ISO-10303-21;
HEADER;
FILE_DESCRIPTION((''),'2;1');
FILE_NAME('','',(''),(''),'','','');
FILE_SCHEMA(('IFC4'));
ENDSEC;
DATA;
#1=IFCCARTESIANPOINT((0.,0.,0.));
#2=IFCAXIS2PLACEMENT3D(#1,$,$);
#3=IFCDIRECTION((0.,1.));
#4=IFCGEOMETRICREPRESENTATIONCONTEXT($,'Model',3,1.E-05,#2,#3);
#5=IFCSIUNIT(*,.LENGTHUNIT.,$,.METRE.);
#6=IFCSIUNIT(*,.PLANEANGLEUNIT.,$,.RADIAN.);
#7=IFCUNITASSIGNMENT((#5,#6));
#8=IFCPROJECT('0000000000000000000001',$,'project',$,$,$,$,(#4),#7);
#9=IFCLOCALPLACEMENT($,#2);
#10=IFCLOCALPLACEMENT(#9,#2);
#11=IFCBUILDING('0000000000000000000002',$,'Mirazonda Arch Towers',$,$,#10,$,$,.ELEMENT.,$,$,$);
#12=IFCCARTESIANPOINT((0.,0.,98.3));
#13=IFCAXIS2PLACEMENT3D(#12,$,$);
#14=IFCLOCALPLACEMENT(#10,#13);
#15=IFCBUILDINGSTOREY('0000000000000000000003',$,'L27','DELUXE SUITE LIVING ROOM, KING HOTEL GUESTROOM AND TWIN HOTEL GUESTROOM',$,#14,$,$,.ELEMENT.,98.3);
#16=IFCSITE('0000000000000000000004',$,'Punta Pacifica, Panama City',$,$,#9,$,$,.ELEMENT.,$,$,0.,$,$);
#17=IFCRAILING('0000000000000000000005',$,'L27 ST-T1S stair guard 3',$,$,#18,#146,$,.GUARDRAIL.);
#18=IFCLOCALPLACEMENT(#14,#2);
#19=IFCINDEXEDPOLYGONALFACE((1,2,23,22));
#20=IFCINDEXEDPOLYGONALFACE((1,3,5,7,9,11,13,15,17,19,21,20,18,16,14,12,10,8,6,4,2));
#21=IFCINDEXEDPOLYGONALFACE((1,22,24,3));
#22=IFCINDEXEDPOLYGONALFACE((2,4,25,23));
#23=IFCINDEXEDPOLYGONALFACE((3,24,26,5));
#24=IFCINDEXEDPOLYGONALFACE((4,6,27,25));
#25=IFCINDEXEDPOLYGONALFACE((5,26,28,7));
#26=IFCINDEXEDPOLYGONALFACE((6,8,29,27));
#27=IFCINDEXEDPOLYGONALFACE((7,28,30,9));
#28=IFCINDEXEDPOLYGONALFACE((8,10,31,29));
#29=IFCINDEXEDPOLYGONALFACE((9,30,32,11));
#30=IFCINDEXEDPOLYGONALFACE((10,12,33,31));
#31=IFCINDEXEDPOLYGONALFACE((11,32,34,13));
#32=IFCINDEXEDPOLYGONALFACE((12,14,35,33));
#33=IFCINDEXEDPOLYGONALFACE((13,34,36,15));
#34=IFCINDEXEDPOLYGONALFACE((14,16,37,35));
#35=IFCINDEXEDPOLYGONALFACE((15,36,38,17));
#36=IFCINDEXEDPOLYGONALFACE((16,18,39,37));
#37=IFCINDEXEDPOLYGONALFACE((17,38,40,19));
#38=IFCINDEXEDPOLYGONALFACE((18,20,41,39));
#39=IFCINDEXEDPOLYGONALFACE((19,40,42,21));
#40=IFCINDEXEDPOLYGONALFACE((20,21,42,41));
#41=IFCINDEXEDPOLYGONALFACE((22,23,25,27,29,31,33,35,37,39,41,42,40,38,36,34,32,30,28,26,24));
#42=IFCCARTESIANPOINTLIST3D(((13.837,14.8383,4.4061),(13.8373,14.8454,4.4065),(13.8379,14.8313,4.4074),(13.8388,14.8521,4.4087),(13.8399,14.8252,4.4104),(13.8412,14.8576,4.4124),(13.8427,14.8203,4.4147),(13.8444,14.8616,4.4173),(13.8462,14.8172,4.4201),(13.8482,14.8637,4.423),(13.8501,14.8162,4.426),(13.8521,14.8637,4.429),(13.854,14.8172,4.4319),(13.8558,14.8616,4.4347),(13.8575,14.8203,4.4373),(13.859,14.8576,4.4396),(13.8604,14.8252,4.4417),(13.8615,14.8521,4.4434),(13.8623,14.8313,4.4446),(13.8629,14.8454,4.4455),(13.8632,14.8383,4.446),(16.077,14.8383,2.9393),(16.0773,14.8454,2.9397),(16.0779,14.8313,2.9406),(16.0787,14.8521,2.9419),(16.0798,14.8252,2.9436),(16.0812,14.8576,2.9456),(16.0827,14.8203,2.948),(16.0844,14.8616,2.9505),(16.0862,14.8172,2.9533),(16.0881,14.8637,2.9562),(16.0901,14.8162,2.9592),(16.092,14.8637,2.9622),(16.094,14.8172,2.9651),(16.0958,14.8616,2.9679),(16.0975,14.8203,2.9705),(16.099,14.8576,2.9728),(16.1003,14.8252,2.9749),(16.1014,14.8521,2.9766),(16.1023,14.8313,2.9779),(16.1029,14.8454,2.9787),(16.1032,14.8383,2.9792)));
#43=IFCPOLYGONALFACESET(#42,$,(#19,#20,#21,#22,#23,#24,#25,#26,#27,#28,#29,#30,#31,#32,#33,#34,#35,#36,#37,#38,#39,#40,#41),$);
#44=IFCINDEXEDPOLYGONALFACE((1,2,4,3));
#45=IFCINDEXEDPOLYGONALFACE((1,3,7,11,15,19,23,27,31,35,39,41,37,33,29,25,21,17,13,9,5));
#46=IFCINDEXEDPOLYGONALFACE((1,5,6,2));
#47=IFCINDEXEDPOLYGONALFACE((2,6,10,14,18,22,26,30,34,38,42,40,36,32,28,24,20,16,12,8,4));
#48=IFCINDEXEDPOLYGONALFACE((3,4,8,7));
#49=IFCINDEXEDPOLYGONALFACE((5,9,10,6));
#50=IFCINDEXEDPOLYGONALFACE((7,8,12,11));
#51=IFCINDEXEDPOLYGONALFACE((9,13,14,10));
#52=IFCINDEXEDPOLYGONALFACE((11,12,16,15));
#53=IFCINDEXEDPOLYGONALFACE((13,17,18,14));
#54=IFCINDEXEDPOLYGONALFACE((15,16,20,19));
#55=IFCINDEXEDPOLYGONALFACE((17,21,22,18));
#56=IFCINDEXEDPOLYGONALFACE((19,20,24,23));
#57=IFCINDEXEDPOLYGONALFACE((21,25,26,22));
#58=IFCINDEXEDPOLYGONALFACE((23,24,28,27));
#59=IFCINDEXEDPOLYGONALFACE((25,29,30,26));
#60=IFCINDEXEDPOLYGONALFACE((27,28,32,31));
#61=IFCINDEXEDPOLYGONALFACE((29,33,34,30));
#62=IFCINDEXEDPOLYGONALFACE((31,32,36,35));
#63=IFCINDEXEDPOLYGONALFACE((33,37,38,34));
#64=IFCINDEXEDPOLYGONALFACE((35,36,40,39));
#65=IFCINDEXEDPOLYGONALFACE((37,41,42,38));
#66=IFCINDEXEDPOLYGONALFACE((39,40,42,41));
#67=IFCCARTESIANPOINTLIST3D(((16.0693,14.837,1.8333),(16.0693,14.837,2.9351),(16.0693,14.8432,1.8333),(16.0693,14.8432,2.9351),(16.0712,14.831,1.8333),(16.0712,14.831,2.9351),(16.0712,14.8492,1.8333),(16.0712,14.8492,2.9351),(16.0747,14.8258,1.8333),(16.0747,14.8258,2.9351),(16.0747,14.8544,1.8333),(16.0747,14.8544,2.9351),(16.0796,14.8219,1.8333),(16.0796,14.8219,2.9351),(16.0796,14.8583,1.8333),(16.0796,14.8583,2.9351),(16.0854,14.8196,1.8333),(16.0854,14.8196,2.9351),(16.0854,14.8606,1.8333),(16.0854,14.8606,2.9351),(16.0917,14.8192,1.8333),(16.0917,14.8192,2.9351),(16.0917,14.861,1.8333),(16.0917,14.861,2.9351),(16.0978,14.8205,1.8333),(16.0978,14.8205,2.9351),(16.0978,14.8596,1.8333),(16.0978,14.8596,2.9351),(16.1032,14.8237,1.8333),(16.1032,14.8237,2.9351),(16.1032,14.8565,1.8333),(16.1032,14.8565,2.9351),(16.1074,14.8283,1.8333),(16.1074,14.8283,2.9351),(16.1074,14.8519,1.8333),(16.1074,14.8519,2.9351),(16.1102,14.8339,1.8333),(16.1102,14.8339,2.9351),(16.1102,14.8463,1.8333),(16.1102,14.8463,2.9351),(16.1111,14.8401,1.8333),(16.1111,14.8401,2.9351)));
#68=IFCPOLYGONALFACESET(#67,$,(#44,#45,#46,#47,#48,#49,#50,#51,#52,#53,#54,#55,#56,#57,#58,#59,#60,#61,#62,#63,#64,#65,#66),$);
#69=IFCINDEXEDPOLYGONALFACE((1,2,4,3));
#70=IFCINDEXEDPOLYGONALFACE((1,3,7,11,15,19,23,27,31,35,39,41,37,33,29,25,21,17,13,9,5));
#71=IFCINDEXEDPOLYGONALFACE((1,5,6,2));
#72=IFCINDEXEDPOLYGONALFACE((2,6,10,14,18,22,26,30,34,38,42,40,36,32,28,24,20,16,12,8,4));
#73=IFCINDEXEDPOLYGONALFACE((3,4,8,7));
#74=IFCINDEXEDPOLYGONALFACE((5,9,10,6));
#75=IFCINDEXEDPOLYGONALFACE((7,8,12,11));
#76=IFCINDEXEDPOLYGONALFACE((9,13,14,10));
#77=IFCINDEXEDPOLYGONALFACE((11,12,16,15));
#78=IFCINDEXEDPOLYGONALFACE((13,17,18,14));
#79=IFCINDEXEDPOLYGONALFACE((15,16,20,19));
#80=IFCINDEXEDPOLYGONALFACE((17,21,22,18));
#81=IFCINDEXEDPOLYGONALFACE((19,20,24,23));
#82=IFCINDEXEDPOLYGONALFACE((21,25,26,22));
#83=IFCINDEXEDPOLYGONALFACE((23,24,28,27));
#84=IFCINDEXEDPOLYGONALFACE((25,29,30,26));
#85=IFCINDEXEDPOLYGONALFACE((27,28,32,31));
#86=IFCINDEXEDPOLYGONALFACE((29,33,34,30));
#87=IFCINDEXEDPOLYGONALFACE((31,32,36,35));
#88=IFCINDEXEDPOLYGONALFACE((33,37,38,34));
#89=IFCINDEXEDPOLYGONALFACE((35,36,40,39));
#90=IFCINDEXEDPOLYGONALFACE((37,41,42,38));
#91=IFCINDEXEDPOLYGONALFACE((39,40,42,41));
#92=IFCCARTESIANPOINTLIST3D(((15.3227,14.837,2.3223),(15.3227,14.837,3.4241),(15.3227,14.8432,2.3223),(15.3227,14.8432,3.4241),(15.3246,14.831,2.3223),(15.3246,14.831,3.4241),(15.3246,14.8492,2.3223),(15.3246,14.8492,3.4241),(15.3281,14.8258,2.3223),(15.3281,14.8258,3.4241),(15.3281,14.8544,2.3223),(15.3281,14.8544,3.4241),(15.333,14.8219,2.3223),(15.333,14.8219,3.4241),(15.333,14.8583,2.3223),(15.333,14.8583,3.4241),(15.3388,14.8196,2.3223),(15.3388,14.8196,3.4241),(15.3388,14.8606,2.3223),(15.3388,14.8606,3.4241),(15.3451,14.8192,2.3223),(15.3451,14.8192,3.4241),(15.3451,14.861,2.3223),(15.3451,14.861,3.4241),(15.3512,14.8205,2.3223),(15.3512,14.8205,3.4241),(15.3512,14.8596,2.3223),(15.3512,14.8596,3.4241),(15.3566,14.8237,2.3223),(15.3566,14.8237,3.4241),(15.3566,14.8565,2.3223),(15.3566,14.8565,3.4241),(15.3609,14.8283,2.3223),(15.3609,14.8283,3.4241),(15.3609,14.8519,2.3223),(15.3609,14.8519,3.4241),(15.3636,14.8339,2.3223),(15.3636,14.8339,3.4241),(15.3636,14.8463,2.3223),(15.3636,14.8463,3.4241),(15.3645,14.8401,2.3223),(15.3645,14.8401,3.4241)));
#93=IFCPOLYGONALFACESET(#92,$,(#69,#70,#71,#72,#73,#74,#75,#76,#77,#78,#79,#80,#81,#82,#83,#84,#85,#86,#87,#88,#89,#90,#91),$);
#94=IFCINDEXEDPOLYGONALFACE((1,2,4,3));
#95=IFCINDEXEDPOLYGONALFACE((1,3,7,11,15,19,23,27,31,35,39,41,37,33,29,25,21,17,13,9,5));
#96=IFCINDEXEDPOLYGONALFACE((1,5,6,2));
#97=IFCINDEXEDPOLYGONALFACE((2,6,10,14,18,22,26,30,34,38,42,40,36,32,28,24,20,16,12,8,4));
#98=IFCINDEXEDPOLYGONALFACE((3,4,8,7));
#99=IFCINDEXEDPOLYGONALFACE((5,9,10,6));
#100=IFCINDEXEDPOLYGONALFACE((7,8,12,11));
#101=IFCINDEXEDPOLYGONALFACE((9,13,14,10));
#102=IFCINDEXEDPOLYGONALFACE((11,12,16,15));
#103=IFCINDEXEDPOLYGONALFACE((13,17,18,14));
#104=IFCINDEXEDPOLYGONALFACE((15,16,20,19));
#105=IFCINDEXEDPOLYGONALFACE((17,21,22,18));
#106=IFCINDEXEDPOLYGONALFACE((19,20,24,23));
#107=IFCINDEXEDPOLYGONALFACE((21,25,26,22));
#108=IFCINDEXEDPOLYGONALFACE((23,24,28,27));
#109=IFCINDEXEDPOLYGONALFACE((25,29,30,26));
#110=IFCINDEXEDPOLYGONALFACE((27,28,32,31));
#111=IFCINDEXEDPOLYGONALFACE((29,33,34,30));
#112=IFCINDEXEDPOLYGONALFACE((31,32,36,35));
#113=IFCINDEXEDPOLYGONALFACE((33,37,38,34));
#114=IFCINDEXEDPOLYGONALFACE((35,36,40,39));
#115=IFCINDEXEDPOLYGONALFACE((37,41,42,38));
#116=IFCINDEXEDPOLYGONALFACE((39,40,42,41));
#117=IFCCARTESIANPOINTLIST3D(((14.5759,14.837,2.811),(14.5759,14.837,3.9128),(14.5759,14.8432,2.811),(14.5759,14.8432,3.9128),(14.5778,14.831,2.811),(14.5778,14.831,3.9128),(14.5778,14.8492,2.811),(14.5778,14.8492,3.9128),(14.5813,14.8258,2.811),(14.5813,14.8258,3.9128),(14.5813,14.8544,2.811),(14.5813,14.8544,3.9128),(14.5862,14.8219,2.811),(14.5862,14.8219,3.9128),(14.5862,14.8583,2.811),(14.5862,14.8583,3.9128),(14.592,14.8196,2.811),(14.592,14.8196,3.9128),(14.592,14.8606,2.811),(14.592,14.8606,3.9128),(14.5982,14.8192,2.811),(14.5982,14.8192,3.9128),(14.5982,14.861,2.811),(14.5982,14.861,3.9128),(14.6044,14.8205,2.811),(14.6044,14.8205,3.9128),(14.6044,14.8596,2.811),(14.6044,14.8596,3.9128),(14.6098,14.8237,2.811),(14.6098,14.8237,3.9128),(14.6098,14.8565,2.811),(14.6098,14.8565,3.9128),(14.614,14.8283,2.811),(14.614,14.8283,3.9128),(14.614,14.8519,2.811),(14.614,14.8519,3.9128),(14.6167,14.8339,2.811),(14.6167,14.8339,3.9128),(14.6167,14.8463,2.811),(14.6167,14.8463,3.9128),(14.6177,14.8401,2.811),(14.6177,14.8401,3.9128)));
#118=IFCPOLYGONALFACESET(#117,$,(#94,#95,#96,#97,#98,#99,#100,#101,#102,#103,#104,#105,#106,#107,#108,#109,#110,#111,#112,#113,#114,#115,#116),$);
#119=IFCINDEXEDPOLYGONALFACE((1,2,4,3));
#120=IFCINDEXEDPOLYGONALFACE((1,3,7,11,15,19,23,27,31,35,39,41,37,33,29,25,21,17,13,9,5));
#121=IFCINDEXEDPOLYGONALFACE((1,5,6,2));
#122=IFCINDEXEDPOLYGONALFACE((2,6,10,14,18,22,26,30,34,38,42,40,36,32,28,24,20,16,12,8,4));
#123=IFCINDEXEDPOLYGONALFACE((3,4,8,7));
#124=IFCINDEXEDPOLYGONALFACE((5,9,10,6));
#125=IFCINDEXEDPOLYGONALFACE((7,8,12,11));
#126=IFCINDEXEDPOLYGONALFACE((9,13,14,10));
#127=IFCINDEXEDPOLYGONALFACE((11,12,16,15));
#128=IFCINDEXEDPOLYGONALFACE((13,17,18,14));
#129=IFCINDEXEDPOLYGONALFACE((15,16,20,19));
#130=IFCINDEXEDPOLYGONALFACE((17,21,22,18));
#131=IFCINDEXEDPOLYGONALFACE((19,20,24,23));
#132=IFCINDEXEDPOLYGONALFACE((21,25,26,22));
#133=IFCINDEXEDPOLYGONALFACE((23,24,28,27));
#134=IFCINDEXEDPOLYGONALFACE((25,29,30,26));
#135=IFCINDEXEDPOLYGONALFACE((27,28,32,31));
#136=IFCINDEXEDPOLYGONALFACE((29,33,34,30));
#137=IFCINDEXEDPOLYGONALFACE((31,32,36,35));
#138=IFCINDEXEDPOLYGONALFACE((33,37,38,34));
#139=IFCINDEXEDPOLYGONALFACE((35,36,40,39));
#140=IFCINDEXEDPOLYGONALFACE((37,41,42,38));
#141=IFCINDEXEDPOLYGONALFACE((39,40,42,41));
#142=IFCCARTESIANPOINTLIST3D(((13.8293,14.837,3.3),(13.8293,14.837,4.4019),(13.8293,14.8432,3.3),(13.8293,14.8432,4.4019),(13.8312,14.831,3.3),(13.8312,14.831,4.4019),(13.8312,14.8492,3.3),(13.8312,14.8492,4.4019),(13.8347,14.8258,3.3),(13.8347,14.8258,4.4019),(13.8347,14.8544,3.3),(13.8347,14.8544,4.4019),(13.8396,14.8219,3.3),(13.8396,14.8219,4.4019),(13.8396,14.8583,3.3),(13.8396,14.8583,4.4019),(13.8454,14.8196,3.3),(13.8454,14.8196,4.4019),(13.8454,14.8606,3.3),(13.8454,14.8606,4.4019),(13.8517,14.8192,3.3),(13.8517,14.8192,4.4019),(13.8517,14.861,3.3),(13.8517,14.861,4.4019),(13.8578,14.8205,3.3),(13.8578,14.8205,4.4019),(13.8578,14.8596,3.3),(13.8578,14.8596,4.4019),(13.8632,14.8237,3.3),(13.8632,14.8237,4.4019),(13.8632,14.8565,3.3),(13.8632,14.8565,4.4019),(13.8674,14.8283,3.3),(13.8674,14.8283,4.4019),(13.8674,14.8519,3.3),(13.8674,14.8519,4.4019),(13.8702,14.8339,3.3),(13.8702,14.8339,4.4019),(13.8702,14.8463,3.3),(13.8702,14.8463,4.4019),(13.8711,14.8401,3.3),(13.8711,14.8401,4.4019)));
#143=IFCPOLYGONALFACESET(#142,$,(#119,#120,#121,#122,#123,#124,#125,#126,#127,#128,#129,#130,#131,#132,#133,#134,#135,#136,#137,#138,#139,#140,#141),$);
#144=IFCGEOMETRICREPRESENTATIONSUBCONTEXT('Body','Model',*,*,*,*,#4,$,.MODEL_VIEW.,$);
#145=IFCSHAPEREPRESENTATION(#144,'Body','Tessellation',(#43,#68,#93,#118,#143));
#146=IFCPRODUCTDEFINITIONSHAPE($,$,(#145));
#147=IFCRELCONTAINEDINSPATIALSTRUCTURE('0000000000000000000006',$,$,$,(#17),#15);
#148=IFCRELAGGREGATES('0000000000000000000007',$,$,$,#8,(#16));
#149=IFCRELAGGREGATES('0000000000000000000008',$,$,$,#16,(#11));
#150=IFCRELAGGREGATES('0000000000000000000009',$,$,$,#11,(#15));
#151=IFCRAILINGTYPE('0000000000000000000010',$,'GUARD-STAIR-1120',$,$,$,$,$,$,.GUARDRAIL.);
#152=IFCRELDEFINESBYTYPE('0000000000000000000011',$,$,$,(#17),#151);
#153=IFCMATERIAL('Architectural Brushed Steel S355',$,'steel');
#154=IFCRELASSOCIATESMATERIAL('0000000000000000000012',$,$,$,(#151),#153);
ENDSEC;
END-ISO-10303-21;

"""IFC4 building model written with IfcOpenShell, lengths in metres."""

from ifc_helpers import new_model, si_unit, direction, frame, origin, origin_2d, place, context, subcontext, project, spatial, circle, extrude, material, type_object, element, save


model = new_model("IFC4")

# Units and contexts
model_context = context("Model", 3, precision=1e-05, world=origin(), true_north=direction((0.0, 1.0)))
body_context = subcontext(model_context, "Body", "Model", "MODEL_VIEW")
ifc_project = project(units=[si_unit("LENGTHUNIT", "METRE"), si_unit("PLANEANGLEUNIT", "RADIAN")], contexts=[model_context])

# Site, building, storey
site_placement = place(None, origin())
site = spatial("IfcSite", under=ifc_project, at=site_placement, Name="Punta Pacifica, Panama City", CompositionType="ELEMENT", RefElevation=0.0)
building_placement = place(site_placement, origin())
building = spatial("IfcBuilding", under=site, at=building_placement, Name="Mirazonda Arch Towers", CompositionType="ELEMENT")
storey_placement = place(building_placement, frame((0.0, 0.0, 98.3)))
storey = spatial("IfcBuildingStorey", under=building, at=storey_placement, Name="L27", Description="DELUXE SUITE LIVING ROOM, KING HOTEL GUESTROOM AND TWIN HOTEL GUESTROOM", CompositionType="ELEMENT", Elevation=98.3)

# Shared definitions
ifc_material_1 = material(Name="Architectural Brushed Steel S355", Category="steel")

# Railing
railing_type_1 = type_object("IfcRailingType", Name="GUARD-STAIR-1120", PredefinedType="GUARDRAIL", material=ifc_material_1)
railing_1_placement = place(storey_placement, frame((16.0901, 14.8401, 1.8333)))
element("IfcRailing", 1, at=railing_1_placement, inside=storey, type_object=railing_type_1, Name="L27 ST-T1S stair guard 3", PredefinedType="GUARDRAIL", context=body_context, shape_type="SweptSolid", body=[
    extrude(circle(Radius=0.0239, at=origin_2d()), frame((0.0, 0.0, 1.126), z_axis=(-0.836595, 0.0, 0.547822), x_axis=(0.0, -1.0, 0.0)), (0.0, 0.0, 1.0), 2.6775),
    extrude(circle(Radius=0.021, at=origin_2d()), origin(), (0.0, 0.0, 1.0), 1.1018),
    extrude(circle(Radius=0.021, at=origin_2d()), frame((-0.7466, 0.0, 0.489)), (0.0, 0.0, 1.0), 1.1018),
    extrude(circle(Radius=0.021, at=origin_2d()), frame((-1.4934, 0.0, 0.9778)), (0.0, 0.0, 1.0), 1.1018),
    extrude(circle(Radius=0.021, at=origin_2d()), frame((-2.24, 0.0, 1.4668)), (0.0, 0.0, 1.0), 1.1018),
])

save(model, "model.ifc")
